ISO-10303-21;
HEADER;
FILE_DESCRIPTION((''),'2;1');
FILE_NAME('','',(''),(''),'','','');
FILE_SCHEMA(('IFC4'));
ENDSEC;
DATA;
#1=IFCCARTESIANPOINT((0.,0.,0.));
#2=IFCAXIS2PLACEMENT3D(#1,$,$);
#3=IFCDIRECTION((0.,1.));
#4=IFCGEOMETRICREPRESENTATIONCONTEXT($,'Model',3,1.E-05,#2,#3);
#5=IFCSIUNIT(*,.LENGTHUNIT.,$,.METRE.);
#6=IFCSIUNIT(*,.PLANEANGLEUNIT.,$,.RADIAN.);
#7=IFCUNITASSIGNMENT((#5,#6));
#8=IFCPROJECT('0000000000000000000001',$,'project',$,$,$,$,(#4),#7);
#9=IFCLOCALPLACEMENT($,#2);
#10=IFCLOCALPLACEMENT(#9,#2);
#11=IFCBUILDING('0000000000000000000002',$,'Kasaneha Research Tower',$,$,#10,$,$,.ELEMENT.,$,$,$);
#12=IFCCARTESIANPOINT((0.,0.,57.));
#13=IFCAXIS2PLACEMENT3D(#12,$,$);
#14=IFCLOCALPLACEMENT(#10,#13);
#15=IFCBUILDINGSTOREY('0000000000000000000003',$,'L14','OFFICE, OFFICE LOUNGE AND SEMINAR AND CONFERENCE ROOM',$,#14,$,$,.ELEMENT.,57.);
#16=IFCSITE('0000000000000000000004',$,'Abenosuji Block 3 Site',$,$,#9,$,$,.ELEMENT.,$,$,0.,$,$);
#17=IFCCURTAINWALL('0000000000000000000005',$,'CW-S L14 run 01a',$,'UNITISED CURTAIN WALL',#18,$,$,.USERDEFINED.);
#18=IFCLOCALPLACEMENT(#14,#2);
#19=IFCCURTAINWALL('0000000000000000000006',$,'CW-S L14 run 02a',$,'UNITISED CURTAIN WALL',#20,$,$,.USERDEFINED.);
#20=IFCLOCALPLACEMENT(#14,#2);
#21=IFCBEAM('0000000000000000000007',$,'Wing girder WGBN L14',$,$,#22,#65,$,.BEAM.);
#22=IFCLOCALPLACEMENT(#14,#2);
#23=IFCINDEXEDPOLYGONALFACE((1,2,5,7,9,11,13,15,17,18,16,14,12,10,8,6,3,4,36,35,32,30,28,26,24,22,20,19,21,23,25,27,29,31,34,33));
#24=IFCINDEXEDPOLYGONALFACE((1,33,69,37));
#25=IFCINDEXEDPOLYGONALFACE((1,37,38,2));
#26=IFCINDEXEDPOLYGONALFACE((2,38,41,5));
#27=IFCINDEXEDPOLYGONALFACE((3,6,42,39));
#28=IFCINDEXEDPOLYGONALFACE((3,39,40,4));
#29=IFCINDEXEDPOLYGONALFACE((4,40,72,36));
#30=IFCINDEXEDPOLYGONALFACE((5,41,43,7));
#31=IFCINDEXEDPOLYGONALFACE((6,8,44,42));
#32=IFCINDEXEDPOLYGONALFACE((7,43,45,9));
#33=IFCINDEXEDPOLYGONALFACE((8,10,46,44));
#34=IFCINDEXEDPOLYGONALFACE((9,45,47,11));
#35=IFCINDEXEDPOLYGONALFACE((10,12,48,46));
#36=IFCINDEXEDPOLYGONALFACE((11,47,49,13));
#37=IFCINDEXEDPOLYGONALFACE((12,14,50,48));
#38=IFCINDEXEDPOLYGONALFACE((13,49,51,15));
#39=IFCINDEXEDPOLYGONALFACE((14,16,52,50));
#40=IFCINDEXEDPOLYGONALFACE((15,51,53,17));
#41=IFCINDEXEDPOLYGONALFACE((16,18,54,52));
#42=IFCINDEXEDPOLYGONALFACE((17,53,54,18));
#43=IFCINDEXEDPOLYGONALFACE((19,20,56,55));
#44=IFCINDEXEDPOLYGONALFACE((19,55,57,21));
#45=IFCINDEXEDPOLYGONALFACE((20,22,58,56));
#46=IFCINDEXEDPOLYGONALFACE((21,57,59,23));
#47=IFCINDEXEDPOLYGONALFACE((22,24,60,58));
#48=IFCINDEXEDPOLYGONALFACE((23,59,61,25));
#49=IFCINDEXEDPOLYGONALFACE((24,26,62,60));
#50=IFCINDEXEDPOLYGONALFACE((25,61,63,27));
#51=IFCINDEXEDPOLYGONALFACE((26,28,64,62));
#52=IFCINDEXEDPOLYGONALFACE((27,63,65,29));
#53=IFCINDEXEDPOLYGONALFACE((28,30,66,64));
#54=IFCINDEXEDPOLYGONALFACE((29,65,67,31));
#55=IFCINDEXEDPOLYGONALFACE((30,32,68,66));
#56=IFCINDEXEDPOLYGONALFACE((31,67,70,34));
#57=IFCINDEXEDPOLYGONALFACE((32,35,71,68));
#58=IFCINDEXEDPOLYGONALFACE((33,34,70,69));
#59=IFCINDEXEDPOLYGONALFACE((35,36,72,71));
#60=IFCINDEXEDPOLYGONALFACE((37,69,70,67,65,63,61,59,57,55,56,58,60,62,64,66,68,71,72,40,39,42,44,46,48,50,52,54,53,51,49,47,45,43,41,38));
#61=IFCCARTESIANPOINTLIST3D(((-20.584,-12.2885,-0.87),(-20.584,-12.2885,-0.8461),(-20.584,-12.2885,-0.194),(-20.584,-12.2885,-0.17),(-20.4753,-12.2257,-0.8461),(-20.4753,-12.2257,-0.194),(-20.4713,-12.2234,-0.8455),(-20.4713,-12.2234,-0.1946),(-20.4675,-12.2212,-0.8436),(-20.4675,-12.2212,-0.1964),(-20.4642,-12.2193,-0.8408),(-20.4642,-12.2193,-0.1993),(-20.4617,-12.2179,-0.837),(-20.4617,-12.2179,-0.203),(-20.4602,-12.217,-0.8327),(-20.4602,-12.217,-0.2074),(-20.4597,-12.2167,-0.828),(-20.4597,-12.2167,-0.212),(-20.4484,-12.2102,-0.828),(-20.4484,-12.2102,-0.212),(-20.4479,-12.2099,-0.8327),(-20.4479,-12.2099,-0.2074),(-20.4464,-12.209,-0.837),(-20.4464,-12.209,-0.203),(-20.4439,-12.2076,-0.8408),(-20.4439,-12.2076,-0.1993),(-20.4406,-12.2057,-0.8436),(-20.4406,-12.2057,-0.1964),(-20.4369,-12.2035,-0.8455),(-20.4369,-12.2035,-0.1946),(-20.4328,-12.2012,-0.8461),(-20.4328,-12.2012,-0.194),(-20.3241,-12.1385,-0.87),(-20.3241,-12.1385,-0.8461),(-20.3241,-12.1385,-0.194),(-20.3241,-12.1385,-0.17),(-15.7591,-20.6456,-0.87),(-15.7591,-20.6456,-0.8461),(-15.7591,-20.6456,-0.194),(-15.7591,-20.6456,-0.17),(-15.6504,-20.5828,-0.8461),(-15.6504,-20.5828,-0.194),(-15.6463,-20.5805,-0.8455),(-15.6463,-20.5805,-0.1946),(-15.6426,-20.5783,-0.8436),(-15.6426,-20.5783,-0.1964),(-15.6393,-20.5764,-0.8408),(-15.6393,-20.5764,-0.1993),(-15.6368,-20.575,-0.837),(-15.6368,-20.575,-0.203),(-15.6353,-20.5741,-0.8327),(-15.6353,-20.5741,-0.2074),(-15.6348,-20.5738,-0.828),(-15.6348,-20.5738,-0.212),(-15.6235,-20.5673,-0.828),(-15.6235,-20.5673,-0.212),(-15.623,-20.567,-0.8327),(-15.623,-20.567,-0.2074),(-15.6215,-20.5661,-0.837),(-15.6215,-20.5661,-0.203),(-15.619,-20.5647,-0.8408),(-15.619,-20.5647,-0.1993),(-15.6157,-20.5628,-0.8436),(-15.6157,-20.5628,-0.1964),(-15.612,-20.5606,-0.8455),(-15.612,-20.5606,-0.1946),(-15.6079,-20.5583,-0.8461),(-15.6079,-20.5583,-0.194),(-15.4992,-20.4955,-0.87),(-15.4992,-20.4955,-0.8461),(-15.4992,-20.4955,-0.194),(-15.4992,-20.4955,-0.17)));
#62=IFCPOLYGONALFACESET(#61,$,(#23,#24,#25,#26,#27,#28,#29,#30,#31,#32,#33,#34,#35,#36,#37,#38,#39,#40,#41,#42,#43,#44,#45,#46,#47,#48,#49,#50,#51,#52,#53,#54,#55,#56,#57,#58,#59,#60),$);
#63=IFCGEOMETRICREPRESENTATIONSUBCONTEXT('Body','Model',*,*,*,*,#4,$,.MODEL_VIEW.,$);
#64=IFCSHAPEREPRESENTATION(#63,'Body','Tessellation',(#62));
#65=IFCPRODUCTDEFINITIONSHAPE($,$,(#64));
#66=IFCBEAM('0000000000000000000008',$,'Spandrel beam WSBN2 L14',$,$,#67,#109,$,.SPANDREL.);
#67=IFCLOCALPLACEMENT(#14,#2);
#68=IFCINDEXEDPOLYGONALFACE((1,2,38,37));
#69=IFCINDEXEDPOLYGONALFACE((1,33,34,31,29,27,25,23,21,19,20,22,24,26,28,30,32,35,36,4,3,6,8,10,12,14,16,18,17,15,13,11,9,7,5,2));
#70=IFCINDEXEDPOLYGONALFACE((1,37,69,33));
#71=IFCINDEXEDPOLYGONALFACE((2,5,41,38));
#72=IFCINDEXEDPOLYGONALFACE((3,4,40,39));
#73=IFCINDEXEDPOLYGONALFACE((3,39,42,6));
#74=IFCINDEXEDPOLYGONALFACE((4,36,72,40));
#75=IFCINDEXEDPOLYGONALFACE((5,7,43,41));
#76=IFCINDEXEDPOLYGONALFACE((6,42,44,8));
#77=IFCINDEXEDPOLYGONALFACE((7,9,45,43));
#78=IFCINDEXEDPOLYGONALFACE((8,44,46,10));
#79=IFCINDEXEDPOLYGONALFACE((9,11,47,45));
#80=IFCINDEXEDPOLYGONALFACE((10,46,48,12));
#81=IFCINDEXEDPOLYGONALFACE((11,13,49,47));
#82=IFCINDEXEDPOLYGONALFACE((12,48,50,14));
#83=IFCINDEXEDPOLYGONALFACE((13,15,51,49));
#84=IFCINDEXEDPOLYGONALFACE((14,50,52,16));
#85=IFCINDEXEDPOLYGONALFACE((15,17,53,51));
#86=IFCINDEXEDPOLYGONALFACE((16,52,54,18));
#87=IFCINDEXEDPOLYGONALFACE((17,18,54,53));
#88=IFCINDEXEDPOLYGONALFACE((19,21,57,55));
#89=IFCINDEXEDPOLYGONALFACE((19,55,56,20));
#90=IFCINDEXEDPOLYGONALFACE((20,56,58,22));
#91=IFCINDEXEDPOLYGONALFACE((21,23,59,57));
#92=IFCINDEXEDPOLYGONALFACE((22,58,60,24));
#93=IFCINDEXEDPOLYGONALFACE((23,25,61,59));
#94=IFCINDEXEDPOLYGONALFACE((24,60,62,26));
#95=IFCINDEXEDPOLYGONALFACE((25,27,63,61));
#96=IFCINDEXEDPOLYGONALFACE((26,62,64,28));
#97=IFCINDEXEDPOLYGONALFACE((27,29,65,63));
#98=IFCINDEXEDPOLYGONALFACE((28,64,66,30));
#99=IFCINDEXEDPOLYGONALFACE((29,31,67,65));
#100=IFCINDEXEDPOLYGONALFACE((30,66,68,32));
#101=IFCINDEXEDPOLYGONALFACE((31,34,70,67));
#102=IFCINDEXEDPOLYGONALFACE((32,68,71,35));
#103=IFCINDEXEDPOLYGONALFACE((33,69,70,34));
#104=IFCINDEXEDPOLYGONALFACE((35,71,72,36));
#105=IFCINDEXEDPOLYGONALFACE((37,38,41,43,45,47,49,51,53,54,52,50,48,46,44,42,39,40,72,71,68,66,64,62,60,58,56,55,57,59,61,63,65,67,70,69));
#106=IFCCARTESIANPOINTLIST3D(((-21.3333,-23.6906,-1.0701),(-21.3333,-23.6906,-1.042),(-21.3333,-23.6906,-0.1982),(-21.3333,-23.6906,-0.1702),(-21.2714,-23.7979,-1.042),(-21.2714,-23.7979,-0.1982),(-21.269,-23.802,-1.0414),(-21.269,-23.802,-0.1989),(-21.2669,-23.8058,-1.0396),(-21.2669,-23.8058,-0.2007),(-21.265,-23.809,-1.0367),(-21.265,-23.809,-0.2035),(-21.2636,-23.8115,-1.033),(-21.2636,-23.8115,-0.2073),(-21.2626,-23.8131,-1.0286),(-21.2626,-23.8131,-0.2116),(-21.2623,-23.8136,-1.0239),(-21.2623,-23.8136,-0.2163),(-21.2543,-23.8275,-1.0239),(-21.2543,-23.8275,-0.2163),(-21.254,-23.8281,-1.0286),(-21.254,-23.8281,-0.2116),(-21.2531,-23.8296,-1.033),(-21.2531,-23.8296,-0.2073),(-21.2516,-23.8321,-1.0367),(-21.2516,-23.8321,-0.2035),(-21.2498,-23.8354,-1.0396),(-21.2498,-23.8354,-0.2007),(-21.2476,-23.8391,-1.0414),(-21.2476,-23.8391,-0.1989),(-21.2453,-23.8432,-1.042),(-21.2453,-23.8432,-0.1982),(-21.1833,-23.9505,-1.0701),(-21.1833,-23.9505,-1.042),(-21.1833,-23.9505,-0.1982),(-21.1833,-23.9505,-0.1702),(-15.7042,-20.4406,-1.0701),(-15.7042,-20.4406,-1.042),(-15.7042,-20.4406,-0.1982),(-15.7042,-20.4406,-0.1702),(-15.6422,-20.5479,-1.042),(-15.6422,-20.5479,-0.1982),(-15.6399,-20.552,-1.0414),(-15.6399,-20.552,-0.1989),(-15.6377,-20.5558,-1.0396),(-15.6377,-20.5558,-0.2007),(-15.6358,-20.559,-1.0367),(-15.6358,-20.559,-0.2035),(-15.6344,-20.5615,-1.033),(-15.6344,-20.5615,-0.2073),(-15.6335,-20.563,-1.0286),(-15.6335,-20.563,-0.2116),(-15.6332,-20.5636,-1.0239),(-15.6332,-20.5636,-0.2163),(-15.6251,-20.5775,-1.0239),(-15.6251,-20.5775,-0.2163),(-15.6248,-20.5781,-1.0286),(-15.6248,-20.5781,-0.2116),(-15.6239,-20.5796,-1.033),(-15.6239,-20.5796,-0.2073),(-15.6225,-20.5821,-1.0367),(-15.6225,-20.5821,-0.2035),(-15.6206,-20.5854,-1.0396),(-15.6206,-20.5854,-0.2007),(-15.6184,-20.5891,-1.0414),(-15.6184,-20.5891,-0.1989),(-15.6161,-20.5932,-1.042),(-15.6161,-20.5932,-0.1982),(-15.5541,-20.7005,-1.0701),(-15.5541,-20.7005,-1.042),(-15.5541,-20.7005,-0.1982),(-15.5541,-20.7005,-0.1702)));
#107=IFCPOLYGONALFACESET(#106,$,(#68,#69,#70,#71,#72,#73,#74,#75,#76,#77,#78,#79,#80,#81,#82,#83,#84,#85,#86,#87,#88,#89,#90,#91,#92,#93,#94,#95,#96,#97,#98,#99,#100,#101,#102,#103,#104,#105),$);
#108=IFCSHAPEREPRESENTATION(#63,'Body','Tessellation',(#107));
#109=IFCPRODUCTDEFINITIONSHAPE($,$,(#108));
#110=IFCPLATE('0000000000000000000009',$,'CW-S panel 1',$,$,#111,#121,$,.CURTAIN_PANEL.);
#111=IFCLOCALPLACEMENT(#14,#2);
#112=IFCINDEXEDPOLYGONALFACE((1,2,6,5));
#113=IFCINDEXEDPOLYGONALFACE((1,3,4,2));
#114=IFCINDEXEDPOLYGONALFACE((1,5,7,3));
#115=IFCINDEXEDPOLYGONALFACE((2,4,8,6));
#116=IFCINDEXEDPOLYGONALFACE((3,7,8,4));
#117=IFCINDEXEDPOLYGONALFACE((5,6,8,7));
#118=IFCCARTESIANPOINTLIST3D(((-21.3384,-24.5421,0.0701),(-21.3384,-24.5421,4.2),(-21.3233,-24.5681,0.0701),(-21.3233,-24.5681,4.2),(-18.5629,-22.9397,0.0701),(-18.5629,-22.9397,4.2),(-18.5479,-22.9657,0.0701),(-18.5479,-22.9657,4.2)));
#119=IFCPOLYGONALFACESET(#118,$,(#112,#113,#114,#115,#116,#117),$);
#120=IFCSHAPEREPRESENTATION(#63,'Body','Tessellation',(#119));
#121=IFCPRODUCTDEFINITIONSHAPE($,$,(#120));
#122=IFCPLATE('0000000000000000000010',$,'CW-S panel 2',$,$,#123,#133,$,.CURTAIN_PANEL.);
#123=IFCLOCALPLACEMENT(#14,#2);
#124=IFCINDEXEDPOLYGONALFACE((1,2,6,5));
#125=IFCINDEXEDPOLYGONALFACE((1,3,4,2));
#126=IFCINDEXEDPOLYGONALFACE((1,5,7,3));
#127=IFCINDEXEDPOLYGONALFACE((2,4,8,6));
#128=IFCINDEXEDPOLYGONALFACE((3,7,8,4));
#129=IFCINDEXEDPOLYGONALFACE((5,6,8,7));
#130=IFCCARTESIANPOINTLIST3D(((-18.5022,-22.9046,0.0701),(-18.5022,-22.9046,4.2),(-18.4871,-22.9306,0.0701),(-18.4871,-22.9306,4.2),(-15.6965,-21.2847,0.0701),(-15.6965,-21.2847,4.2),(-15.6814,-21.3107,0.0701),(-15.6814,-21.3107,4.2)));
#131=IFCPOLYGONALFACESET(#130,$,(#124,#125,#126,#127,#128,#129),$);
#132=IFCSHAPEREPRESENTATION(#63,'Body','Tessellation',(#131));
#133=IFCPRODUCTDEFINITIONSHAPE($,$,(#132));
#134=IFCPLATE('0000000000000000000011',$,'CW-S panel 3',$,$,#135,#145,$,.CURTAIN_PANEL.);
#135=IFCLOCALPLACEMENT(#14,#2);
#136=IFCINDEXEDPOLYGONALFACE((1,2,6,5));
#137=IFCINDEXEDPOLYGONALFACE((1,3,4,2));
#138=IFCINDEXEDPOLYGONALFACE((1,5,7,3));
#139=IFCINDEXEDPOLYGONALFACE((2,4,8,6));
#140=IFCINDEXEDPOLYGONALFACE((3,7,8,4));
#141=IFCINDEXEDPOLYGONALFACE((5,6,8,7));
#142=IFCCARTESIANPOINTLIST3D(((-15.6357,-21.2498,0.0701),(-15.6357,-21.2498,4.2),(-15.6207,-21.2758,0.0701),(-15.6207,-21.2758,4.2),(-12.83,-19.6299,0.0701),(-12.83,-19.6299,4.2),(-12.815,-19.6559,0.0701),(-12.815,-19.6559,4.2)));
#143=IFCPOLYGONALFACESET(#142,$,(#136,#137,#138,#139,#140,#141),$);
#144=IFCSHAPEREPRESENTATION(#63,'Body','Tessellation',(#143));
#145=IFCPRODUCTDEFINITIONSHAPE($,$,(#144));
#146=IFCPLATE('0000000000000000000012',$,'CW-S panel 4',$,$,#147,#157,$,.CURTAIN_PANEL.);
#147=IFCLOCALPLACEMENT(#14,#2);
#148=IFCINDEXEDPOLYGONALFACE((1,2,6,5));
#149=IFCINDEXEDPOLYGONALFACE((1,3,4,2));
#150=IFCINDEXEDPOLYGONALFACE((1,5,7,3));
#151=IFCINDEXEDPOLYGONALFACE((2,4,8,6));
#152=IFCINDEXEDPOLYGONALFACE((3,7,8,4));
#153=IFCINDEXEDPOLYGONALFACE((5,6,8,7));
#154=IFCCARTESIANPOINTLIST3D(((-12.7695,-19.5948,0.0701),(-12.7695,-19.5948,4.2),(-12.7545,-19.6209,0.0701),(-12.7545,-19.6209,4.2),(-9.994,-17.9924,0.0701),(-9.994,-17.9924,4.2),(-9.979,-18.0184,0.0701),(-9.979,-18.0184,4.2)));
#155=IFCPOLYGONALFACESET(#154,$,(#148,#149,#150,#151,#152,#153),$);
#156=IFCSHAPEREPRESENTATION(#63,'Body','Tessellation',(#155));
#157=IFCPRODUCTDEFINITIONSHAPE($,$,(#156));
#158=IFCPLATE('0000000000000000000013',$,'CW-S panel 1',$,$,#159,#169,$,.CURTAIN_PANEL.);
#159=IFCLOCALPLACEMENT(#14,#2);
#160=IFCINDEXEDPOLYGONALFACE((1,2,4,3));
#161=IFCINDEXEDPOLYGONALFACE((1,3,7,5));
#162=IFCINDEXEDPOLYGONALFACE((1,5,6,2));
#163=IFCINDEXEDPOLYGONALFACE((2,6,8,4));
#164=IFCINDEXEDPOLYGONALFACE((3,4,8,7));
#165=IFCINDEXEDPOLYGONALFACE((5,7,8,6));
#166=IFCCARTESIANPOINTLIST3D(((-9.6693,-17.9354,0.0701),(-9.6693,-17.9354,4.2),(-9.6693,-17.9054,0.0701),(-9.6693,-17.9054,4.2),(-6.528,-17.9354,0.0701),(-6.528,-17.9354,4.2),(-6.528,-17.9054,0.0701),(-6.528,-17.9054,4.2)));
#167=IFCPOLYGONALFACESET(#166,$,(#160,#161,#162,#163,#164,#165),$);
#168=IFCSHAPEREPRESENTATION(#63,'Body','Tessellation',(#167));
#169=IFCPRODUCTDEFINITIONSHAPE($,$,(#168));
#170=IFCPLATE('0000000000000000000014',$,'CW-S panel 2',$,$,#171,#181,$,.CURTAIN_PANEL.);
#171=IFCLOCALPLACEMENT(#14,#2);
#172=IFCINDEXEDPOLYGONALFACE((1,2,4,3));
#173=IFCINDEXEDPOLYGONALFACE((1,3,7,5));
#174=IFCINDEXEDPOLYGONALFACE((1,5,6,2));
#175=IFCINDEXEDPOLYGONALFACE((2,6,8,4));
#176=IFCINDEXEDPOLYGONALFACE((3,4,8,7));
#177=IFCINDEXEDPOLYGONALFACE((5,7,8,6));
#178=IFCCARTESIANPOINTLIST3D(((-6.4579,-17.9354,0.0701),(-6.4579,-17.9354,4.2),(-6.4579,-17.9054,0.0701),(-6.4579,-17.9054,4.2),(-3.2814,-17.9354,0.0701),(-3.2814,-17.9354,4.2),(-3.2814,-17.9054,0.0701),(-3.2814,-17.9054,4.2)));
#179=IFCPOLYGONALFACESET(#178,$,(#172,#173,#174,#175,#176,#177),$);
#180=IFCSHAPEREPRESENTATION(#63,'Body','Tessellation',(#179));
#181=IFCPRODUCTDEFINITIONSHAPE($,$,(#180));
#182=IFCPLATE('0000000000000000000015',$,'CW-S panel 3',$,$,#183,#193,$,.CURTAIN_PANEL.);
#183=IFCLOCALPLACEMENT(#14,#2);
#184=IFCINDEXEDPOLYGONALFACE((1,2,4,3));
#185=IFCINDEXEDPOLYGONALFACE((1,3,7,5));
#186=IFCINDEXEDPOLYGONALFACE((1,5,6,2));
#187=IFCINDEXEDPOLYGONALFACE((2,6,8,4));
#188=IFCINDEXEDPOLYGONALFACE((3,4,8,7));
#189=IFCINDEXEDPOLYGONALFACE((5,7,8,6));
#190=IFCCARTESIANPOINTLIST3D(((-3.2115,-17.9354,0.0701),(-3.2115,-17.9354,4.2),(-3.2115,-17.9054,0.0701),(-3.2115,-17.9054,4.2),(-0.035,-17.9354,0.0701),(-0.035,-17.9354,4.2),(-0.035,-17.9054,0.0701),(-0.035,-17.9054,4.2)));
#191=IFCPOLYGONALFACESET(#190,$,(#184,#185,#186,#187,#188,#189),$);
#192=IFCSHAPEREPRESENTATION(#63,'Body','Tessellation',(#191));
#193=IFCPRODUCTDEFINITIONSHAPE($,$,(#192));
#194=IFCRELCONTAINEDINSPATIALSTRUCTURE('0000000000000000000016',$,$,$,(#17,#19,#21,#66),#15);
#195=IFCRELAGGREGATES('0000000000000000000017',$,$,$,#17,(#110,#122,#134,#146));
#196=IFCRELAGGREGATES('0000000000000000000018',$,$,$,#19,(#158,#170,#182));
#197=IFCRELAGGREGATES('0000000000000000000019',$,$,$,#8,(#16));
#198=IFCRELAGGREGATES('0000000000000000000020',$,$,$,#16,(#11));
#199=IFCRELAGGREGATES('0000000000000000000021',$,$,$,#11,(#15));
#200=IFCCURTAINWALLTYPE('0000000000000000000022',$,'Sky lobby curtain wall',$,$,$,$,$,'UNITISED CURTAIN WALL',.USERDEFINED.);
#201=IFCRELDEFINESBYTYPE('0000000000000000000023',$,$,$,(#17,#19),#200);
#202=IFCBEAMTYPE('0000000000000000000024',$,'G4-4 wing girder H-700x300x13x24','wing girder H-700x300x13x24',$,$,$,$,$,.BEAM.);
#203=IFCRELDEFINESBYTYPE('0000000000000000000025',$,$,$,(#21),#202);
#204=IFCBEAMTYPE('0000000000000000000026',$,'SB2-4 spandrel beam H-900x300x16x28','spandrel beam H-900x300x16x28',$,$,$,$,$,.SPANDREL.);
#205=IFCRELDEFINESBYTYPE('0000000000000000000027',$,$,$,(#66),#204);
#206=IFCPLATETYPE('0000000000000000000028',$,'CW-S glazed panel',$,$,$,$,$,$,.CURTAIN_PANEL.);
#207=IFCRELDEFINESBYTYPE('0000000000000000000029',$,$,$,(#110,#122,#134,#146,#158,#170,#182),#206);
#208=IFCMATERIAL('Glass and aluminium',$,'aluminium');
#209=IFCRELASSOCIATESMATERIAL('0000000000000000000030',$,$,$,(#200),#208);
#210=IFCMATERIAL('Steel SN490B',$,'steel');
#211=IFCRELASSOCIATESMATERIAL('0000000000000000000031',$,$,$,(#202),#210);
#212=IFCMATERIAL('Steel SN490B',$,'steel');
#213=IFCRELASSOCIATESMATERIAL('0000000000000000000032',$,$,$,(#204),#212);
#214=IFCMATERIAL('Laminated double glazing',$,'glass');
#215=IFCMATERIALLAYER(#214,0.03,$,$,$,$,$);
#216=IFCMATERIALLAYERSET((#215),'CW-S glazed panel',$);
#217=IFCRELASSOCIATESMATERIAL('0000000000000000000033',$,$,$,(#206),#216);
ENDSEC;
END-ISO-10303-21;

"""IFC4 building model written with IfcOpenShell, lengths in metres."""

from ifc_helpers import new_model, si_unit, direction, frame, origin, origin_2d, place, context, subcontext, project, spatial, rectangle, i_section, extrude, material, layer, layer_set, material_profile, profile_set, type_object, element, aggregate, save


model = new_model("IFC4")

# Units and contexts
model_context = context("Model", 3, precision=1e-05, world=origin(), true_north=direction((0.0, 1.0)))
body_context = subcontext(model_context, "Body", "Model", "MODEL_VIEW")
ifc_project = project(units=[si_unit("LENGTHUNIT", "METRE"), si_unit("PLANEANGLEUNIT", "RADIAN")], contexts=[model_context])

# Site, building, storey
site_placement = place(None, origin())
site = spatial("IfcSite", under=ifc_project, at=site_placement, Name="Abenosuji Block 3 Site", CompositionType="ELEMENT", RefElevation=0.0)
building_placement = place(site_placement, origin())
building = spatial("IfcBuilding", under=site, at=building_placement, Name="Kasaneha Research Tower", CompositionType="ELEMENT")
storey_placement = place(building_placement, frame((0.0, 0.0, 57.0)))
storey = spatial("IfcBuildingStorey", under=building, at=storey_placement, Name="L14", Description="OFFICE, OFFICE LOUNGE AND SEMINAR AND CONFERENCE ROOM", CompositionType="ELEMENT", Elevation=57.0)

# Curtain walls
ifc_material_1 = material(Name="Glass and aluminium", Category="aluminium")
curtain_wall_type = type_object("IfcCurtainWallType", Name="Sky lobby curtain wall", ElementType="UNITISED CURTAIN WALL", PredefinedType="USERDEFINED", material=ifc_material_1)
curtain_wall_1_placement = place(storey_placement, origin())
curtain_wall_1 = element("IfcCurtainWall", 1, at=curtain_wall_1_placement, inside=storey, type_object=curtain_wall_type, Name="CW-S L14 run 01a", ObjectType="UNITISED CURTAIN WALL", PredefinedType="USERDEFINED")
curtain_wall_2_placement = place(storey_placement, origin())
curtain_wall_2 = element("IfcCurtainWall", 2, at=curtain_wall_2_placement, inside=storey, type_object=curtain_wall_type, Name="CW-S L14 run 02a", ObjectType="UNITISED CURTAIN WALL", PredefinedType="USERDEFINED")

# Beams
ifc_material_2 = material(Name="Steel SN490B", Category="steel")
ifc_material_profile_1 = material_profile(ifc_material_2, i_section(OverallWidth=0.3, OverallDepth=0.7, WebThickness=0.0129, FlangeThickness=0.0239, FilletRadius=0.0181, at=origin_2d()), Name="H-700x300x13x24")
ifc_profile_set_1 = profile_set([ifc_material_profile_1], Name="Steel SN490B")
beam_type_1 = type_object("IfcBeamType", Name="G4-4 wing girder H-700x300x13x24", Description="wing girder H-700x300x13x24", PredefinedType="BEAM", material=ifc_profile_set_1)
beam_1_placement = place(storey_placement, frame((-15.6292, -20.5706, -0.52), z_axis=(-0.499995, 0.866028, 0.0), x_axis=(-0.866028, -0.499995, 0.0)))
element("IfcBeam", 3, at=beam_1_placement, inside=storey, type_object=beam_type_1, Name="Wing girder WGBN L14", PredefinedType="BEAM", context=body_context, shape_type="SweptSolid", body=[
    extrude(i_section(OverallWidth=0.3, OverallDepth=0.7, WebThickness=0.0129, FlangeThickness=0.0239, FilletRadius=0.0181, at=origin_2d()), origin(), (0.0, 0.0, 1.0), 9.6499),
])
ifc_material_3 = material(Name="Steel SN490B", Category="steel")
ifc_material_profile_2 = material_profile(ifc_material_3, i_section(OverallWidth=0.3, OverallDepth=0.8999, WebThickness=0.0161, FlangeThickness=0.0281, FilletRadius=0.0181, at=origin_2d()), Name="H-900x300x16x28")
ifc_profile_set_2 = profile_set([ifc_material_profile_2], Name="Steel SN490B")
beam_type_2 = type_object("IfcBeamType", Name="SB2-4 spandrel beam H-900x300x16x28", Description="spandrel beam H-900x300x16x28", PredefinedType="SPANDREL", material=ifc_profile_set_2)
beam_2_placement = place(storey_placement, frame((-15.6292, -20.5706, -0.6201), z_axis=(-0.866025, -0.500001, 0.0), x_axis=(0.500001, -0.866025, 0.0)))
element("IfcBeam", 4, at=beam_2_placement, inside=storey, type_object=beam_type_2, Name="Spandrel beam WSBN2 L14", PredefinedType="SPANDREL", context=body_context, shape_type="SweptSolid", body=[
    extrude(i_section(OverallWidth=0.3, OverallDepth=0.8999, WebThickness=0.0161, FlangeThickness=0.0281, FilletRadius=0.0181, at=origin_2d()), origin(), (0.0, 0.0, 1.0), 6.5),
])

# Plates
ifc_material_4 = material(Name="Laminated double glazing", Category="glass")
ifc_layer_1 = layer(ifc_material_4, 0.03)
ifc_layer_set_1 = layer_set([ifc_layer_1], Name="CW-S glazed panel")
plate_type = type_object("IfcPlateType", Name="CW-S glazed panel", PredefinedType="CURTAIN_PANEL", material=ifc_layer_set_1)
plate_1_placement = place(storey_placement, frame((-19.9431, -23.7539, 0.0701), z_axis=(0.0, 0.0, 1.0), x_axis=(0.866025, 0.5, 0.0)))
plate_1 = element("IfcPlate", 5, at=plate_1_placement, type_object=plate_type, Name="CW-S panel 1", PredefinedType="CURTAIN_PANEL", context=body_context, shape_type="SweptSolid", body=[
    extrude(rectangle(XDim=3.2048, YDim=0.03, at=origin_2d()), origin(), (0.0, 0.0, 1.0), 4.1299),
])
plate_2_placement = place(storey_placement, frame((-17.0918, -22.1077, 0.0701), z_axis=(0.0, 0.0, 1.0), x_axis=(0.866025, 0.5, 0.0)))
plate_2 = element("IfcPlate", 6, at=plate_2_placement, type_object=plate_type, Name="CW-S panel 2", PredefinedType="CURTAIN_PANEL", context=body_context, shape_type="SweptSolid", body=[
    extrude(rectangle(XDim=3.2397, YDim=0.03, at=origin_2d()), origin(), (0.0, 0.0, 1.0), 4.1299),
])
plate_3_placement = place(storey_placement, frame((-14.2253, -20.4529, 0.0701), z_axis=(0.0, 0.0, 1.0), x_axis=(0.866025, 0.5, 0.0)))
plate_3 = element("IfcPlate", 7, at=plate_3_placement, type_object=plate_type, Name="CW-S panel 3", PredefinedType="CURTAIN_PANEL", context=body_context, shape_type="SweptSolid", body=[
    extrude(rectangle(XDim=3.2397, YDim=0.03, at=origin_2d()), origin(), (0.0, 0.0, 1.0), 4.1299),
])
plate_4_placement = place(storey_placement, frame((-11.3743, -18.8066, 0.0701), z_axis=(0.0, 0.0, 1.0), x_axis=(0.866025, 0.5, 0.0)))
plate_4 = element("IfcPlate", 8, at=plate_4_placement, type_object=plate_type, Name="CW-S panel 4", PredefinedType="CURTAIN_PANEL", context=body_context, shape_type="SweptSolid", body=[
    extrude(rectangle(XDim=3.2048, YDim=0.03, at=origin_2d()), origin(), (0.0, 0.0, 1.0), 4.1299),
])
aggregate(curtain_wall_1, [plate_1, plate_2, plate_3, plate_4])
plate_5_placement = place(storey_placement, frame((-8.0986, -17.9204, 0.0701), z_axis=(0.0, 0.0, 1.0), x_axis=(1.0, 0.0, 0.0)))
plate_5 = element("IfcPlate", 9, at=plate_5_placement, type_object=plate_type, Name="CW-S panel 1", PredefinedType="CURTAIN_PANEL", context=body_context, shape_type="SweptSolid", body=[
    extrude(rectangle(XDim=3.1414, YDim=0.03, at=origin_2d()), origin(), (0.0, 0.0, 1.0), 4.1299),
])
plate_6_placement = place(storey_placement, frame((-4.8696, -17.9204, 0.0701), z_axis=(0.0, 0.0, 1.0), x_axis=(1.0, 0.0, 0.0)))
plate_6 = element("IfcPlate", 10, at=plate_6_placement, type_object=plate_type, Name="CW-S panel 2", PredefinedType="CURTAIN_PANEL", context=body_context, shape_type="SweptSolid", body=[
    extrude(rectangle(XDim=3.1765, YDim=0.03, at=origin_2d()), origin(), (0.0, 0.0, 1.0), 4.1299),
])
plate_7_placement = place(storey_placement, frame((-1.6233, -17.9204, 0.0701), z_axis=(0.0, 0.0, 1.0), x_axis=(1.0, 0.0, 0.0)))
plate_7 = element("IfcPlate", 11, at=plate_7_placement, type_object=plate_type, Name="CW-S panel 3", PredefinedType="CURTAIN_PANEL", context=body_context, shape_type="SweptSolid", body=[
    extrude(rectangle(XDim=3.1765, YDim=0.03, at=origin_2d()), origin(), (0.0, 0.0, 1.0), 4.1299),
])
aggregate(curtain_wall_2, [plate_5, plate_6, plate_7])

save(model, "model.ifc")
